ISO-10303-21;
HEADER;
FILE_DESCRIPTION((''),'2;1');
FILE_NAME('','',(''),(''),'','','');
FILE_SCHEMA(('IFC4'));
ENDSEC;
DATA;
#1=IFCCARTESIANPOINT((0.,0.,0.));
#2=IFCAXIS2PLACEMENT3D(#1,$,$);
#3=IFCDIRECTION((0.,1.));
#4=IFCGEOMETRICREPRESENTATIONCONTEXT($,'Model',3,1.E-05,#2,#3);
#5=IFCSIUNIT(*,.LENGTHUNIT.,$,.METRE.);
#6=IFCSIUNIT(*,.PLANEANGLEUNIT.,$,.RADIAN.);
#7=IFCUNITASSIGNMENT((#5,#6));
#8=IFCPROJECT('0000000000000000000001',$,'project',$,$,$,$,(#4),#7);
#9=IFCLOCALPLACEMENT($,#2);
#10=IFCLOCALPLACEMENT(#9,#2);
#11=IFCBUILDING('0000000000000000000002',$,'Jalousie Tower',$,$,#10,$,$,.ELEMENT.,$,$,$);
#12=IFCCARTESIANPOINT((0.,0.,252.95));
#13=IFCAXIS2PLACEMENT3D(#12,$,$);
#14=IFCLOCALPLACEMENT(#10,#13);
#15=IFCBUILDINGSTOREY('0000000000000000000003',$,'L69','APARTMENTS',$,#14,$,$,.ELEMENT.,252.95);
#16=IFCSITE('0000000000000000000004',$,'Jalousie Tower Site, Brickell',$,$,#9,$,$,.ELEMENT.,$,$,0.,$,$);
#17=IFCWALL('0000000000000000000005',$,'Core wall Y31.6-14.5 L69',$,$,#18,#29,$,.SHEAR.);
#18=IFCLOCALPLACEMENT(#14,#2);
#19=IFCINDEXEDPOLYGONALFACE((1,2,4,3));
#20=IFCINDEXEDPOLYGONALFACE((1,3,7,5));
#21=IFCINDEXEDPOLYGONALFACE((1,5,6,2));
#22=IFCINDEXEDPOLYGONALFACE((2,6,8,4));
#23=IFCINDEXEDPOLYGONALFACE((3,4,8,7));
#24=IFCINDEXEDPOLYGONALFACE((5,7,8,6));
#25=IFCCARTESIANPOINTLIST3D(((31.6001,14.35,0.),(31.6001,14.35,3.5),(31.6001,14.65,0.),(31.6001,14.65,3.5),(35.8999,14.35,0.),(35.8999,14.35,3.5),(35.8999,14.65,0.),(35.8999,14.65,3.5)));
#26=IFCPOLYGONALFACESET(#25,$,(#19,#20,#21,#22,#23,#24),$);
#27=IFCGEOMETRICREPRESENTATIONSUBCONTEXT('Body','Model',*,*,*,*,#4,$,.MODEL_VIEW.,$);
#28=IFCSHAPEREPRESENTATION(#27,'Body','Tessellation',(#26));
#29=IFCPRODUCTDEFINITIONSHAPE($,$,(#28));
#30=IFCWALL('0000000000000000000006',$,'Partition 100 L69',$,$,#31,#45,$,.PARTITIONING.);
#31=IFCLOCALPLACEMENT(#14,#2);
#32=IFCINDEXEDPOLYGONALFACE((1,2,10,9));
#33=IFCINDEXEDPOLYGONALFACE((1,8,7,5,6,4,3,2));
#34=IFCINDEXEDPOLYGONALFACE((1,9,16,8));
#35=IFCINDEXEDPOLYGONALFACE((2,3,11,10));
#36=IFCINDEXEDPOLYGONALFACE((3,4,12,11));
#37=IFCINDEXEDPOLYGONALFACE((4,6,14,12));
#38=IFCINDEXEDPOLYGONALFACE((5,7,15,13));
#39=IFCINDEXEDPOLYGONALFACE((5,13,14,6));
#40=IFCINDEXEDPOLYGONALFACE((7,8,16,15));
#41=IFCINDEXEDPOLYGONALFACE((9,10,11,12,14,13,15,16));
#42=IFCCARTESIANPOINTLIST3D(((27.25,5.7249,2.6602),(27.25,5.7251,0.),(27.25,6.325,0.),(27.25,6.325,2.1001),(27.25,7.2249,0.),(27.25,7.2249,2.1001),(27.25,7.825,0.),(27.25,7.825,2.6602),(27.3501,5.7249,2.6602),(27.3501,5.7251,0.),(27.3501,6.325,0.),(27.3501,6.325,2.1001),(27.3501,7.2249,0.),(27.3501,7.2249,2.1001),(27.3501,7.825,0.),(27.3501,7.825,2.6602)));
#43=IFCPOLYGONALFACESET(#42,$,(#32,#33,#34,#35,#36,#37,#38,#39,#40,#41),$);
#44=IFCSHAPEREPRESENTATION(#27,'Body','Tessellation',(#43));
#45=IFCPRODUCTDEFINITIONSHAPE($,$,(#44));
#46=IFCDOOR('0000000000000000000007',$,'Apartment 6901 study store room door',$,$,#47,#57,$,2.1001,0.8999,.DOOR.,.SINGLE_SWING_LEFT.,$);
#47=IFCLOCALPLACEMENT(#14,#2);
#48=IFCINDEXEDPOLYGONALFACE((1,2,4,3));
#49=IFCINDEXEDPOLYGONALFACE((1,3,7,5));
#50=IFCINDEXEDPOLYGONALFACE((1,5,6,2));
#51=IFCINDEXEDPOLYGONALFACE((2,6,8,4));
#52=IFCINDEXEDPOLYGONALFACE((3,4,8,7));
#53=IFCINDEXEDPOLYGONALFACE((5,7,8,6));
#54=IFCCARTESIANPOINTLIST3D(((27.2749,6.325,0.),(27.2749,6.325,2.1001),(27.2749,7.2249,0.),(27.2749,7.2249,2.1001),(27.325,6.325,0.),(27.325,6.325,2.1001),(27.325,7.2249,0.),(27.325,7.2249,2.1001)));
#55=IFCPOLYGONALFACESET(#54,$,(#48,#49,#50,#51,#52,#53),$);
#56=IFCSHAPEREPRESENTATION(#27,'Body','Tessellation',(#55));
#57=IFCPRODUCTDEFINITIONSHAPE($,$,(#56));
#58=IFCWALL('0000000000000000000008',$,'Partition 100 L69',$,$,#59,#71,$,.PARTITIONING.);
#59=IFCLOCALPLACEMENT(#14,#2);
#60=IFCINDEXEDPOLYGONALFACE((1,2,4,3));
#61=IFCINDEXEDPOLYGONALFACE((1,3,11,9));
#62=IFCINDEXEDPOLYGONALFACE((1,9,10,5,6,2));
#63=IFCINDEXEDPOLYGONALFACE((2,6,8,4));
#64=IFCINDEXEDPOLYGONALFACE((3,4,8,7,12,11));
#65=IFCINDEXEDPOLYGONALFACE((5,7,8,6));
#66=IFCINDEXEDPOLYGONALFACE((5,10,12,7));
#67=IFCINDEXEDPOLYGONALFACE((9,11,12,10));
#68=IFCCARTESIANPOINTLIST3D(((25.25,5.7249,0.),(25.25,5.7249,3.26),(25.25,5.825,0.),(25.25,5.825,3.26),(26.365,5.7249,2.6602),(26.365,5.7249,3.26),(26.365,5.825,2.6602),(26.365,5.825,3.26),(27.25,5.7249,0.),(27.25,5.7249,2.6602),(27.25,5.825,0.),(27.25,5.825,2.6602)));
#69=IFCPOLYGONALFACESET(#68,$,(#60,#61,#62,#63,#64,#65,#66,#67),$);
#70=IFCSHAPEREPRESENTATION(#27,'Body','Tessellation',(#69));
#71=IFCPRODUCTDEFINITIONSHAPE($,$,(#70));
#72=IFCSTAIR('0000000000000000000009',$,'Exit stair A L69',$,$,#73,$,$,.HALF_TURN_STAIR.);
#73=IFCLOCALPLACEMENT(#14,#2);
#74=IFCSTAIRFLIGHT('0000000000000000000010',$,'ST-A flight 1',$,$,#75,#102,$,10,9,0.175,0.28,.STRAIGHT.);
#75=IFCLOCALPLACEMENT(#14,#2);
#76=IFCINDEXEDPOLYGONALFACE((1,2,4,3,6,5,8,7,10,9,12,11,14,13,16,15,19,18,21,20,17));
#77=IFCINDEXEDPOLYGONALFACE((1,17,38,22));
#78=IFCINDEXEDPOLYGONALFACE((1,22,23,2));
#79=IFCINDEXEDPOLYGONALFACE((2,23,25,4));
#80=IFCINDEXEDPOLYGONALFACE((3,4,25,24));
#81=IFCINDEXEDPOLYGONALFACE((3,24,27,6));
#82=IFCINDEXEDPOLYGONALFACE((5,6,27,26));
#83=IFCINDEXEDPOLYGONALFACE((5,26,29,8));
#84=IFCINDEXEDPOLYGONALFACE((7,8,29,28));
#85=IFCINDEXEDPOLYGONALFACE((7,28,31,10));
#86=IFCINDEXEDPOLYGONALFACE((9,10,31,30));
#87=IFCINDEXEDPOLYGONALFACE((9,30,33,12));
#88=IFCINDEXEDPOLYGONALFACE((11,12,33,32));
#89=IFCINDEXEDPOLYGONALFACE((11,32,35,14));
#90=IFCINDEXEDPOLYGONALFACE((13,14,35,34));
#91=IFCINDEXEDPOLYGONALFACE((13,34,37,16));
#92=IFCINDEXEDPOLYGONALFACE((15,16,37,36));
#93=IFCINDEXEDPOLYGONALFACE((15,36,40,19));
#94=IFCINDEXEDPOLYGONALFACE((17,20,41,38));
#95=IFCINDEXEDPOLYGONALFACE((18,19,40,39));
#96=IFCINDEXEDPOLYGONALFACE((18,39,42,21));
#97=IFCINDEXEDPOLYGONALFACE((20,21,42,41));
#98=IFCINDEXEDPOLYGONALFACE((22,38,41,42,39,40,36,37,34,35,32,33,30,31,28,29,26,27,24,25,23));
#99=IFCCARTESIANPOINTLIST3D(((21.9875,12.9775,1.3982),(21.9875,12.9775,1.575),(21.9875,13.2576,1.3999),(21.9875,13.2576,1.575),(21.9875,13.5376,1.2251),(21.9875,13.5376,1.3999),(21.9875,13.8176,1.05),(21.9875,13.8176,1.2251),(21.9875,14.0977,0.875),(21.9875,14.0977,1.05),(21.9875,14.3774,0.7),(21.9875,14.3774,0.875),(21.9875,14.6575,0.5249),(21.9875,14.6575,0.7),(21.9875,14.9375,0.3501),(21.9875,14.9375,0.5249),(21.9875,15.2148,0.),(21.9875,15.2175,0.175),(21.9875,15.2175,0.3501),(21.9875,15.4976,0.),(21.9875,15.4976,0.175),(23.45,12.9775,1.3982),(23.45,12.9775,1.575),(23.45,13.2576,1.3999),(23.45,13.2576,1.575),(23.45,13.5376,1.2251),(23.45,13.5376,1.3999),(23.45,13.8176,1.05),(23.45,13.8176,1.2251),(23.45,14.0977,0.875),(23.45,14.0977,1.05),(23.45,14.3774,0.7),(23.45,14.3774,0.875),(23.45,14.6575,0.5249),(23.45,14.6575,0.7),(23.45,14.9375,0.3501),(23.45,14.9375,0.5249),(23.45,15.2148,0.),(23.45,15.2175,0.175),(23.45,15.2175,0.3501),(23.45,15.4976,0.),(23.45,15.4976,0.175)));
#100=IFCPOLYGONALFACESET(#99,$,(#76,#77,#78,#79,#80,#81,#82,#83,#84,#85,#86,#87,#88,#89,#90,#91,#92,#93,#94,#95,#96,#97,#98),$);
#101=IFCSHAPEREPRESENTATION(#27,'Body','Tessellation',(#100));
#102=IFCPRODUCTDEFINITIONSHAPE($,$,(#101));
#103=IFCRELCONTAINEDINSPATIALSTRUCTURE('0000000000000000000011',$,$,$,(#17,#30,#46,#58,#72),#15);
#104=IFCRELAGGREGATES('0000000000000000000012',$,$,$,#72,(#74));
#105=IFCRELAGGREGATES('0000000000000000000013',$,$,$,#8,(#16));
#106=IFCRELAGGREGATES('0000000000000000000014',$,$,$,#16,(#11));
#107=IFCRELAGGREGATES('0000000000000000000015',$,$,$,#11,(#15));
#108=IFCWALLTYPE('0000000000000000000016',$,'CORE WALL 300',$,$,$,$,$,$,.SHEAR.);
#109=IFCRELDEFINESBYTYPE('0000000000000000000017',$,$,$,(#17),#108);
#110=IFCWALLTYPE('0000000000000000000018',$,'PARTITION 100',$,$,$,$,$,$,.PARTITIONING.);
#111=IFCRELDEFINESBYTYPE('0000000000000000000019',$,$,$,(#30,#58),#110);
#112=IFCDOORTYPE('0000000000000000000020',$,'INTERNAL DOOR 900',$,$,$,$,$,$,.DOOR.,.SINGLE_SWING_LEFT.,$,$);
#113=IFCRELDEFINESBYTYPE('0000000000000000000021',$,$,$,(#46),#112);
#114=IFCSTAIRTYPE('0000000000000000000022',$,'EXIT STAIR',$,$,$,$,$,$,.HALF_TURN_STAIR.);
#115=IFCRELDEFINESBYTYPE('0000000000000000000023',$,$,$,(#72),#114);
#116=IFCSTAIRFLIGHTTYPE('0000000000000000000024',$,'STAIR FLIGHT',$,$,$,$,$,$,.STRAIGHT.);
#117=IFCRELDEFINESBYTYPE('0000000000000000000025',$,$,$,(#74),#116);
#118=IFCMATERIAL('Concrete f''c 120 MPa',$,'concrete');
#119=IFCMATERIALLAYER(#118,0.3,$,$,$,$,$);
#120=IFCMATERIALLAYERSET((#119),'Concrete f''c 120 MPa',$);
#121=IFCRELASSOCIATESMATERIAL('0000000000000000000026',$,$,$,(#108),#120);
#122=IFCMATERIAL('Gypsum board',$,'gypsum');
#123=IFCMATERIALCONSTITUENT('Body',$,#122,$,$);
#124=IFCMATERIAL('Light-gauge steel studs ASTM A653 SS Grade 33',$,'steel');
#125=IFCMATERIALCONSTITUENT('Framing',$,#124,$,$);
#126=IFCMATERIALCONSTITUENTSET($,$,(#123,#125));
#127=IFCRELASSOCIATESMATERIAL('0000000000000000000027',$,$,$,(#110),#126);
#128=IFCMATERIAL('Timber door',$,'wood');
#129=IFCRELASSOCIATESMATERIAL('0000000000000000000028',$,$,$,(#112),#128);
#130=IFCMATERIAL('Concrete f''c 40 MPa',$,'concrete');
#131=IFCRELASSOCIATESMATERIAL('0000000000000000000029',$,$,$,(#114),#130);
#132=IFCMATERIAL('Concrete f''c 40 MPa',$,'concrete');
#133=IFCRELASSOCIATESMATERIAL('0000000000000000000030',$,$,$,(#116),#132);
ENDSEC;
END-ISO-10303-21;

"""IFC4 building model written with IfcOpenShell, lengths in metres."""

from ifc_helpers import new_model, si_unit, direction, frame, frame_2d, origin, place, context, subcontext, project, spatial, polyline, rectangle, outline, extrude, material, layer, layer_set, constituent, constituent_set, type_object, element, fill, aggregate, save


model = new_model("IFC4")

# Units and contexts
model_context = context("Model", 3, precision=1e-05, world=origin(), true_north=direction((0.0, 1.0)))
body_context = subcontext(model_context, "Body", "Model", "MODEL_VIEW")
ifc_project = project(units=[si_unit("LENGTHUNIT", "METRE"), si_unit("PLANEANGLEUNIT", "RADIAN")], contexts=[model_context])

# Site, building, storey
site_placement = place(None, origin())
site = spatial("IfcSite", under=ifc_project, at=site_placement, Name="Jalousie Tower Site, Brickell", CompositionType="ELEMENT", RefElevation=0.0)
building_placement = place(site_placement, origin())
building = spatial("IfcBuilding", under=site, at=building_placement, Name="Jalousie Tower", CompositionType="ELEMENT")
storey_placement = place(building_placement, frame((0.0, 0.0, 252.95)))
storey = spatial("IfcBuildingStorey", under=building, at=storey_placement, Name="L69", Description="APARTMENTS", CompositionType="ELEMENT", Elevation=252.95)

# Shared definitions
ifc_material_1 = material(Name="Concrete f'c 120 MPa", Category="concrete")
ifc_layer_1 = layer(ifc_material_1, 0.3)
ifc_layer_set_1 = layer_set([ifc_layer_1], Name="Concrete f'c 120 MPa")
wall_type_1 = type_object("IfcWallType", Name="CORE WALL 300", PredefinedType="SHEAR", material=ifc_layer_set_1)

# Wall
wall_1_placement = place(storey_placement, frame((31.6001, 14.5, 0.0), z_axis=(0.0, 0.0, 1.0), x_axis=(1.0, 0.0, 0.0)))
element("IfcWall", 1, at=wall_1_placement, inside=storey, type_object=wall_type_1, Name="Core wall Y31.6-14.5 L69", PredefinedType="SHEAR", context=body_context, shape_type="SweptSolid", body=[
    extrude(rectangle(XDim=4.2998, YDim=0.3, at=frame_2d((2.1499, 0.0))), origin(), (0.0, 0.0, 1.0), 3.5),
])

# Wall, opening, door
ifc_material_2 = material(Name="Gypsum board", Category="gypsum")
ifc_constituent_1 = constituent(ifc_material_2, Name="Body")
ifc_material_3 = material(Name="Light-gauge steel studs ASTM A653 SS Grade 33", Category="steel")
ifc_constituent_2 = constituent(ifc_material_3, Name="Framing")
ifc_constituent_set_1 = constituent_set(constituents=[ifc_constituent_1, ifc_constituent_2])
wall_type_2 = type_object("IfcWallType", Name="PARTITION 100", PredefinedType="PARTITIONING", material=ifc_constituent_set_1)
wall_2_placement = place(storey_placement, frame((27.3, 7.825, 0.0), z_axis=(0.0, 0.0, 1.0), x_axis=(0.0, -1.0, 0.0)))
wall_2 = element("IfcWall", 2, at=wall_2_placement, inside=storey, type_object=wall_type_2, Name="Partition 100 L69", PredefinedType="PARTITIONING", context=body_context, shape_type="SweptSolid", body=[
    extrude(outline(polyline([(0.0, 0.0), (2.0999, 0.0), (2.1001, 3.26), (2.1001, 2.6602), (0.0, 2.6602), (0.0, 3.26), (0.0, 0.0)])), frame((0.0, 0.05, 0.0), z_axis=(0.0, -1.0, 0.0), x_axis=(1.0, 0.0, 0.0)), (0.0, 0.0, 1.0), 0.1001),
])
opening_1_placement = place(wall_2_placement, frame((0.6001, 0.0, 0.0)))
opening_1 = element("IfcOpeningElement", 3, at=opening_1_placement, cuts=wall_2, PredefinedType="OPENING", context=body_context, shape_type="SweptSolid", body=[
    extrude(rectangle(XDim=0.8999, YDim=2.1001, at=frame_2d((0.45, 1.05))), frame((0.0, 0.0601, 0.0), z_axis=(0.0, -1.0, 0.0), x_axis=(1.0, 0.0, 0.0)), (0.0, 0.0, 1.0), 0.1201),
])
ifc_material_4 = material(Name="Timber door", Category="wood")
door_type_1 = type_object("IfcDoorType", Name="INTERNAL DOOR 900", OperationType="SINGLE_SWING_LEFT", PredefinedType="DOOR", material=ifc_material_4)
door_1_placement = place(opening_1_placement, origin())
door_1 = element("IfcDoor", 4, at=door_1_placement, inside=storey, type_object=door_type_1, Name="Apartment 6901 study store room door", OperationType="SINGLE_SWING_LEFT", OverallHeight=2.1001, OverallWidth=0.8999, PredefinedType="DOOR", context=body_context, shape_type="SweptSolid", body=[
    extrude(rectangle(XDim=0.8999, YDim=2.1001, at=frame_2d((0.45, 1.05))), frame((0.0, 0.0249, 0.0), z_axis=(0.0, -1.0, 0.0), x_axis=(1.0, 0.0, 0.0)), (0.0, 0.0, 1.0), 0.05),
])
fill(opening_1, door_1)

# Wall
wall_3_placement = place(storey_placement, frame((25.25, 5.7749, 0.0), z_axis=(0.0, 0.0, 1.0), x_axis=(1.0, 0.0, 0.0)))
element("IfcWall", 5, at=wall_3_placement, inside=storey, type_object=wall_type_2, Name="Partition 100 L69", PredefinedType="PARTITIONING", context=body_context, shape_type="SweptSolid", body=[
    extrude(outline(polyline([(0.0, 0.0), (2.0, 0.0), (2.0, 3.26), (2.0, 2.6602), (1.115, 2.6602), (1.115, 3.26), (0.0, 3.26), (0.0, 0.0)])), frame((0.0, 0.05, 0.0), z_axis=(0.0, -1.0, 0.0), x_axis=(1.0, 0.0, 0.0)), (0.0, 0.0, 1.0), 0.1001),
])

# Stair, stair flight
ifc_material_5 = material(Name="Concrete f'c 40 MPa", Category="concrete")
stair_type = type_object("IfcStairType", Name="EXIT STAIR", PredefinedType="HALF_TURN_STAIR", material=ifc_material_5)
stair_placement = place(storey_placement, origin())
stair = element("IfcStair", 6, at=stair_placement, inside=storey, type_object=stair_type, Name="Exit stair A L69", PredefinedType="HALF_TURN_STAIR")
ifc_material_6 = material(Name="Concrete f'c 40 MPa", Category="concrete")
stair_flight_type = type_object("IfcStairFlightType", Name="STAIR FLIGHT", PredefinedType="STRAIGHT", material=ifc_material_6)
stair_flight_placement = place(storey_placement, frame((22.7188, 15.4976, 0.0), z_axis=(0.0, 0.0, 1.0), x_axis=(0.0, -1.0, 0.0)))
stair_flight = element("IfcStairFlight", 7, at=stair_flight_placement, type_object=stair_flight_type, Name="ST-A flight 1", NumberOfRisers=10, NumberOfTreads=9, PredefinedType="STRAIGHT", RiserHeight=0.175, TreadLength=0.28, context=body_context, shape_type="SweptSolid", body=[
    extrude(outline(polyline([(0.0, 0.0), (0.0, 0.175), (0.28, 0.175), (0.28, 0.3501), (0.5601, 0.3501), (0.5601, 0.5249), (0.8401, 0.5249), (0.8401, 0.7), (1.1201, 0.7), (1.1201, 0.875), (1.3999, 0.875), (1.3999, 1.05), (1.6799, 1.05), (1.6799, 1.2251), (1.96, 1.2251), (1.96, 1.3999), (2.24, 1.3999), (2.24, 1.575), (2.52, 1.575), (2.52, 1.75), (2.52, 1.3982), (0.2827, 0.0), (0.0, 0.0)])), frame((0.0, 0.7312, 0.0), z_axis=(0.0, -1.0, 0.0), x_axis=(1.0, 0.0, 0.0)), (0.0, 0.0, 1.0), 1.4624),
])
aggregate(stair, [stair_flight])

save(model, "model.ifc")
